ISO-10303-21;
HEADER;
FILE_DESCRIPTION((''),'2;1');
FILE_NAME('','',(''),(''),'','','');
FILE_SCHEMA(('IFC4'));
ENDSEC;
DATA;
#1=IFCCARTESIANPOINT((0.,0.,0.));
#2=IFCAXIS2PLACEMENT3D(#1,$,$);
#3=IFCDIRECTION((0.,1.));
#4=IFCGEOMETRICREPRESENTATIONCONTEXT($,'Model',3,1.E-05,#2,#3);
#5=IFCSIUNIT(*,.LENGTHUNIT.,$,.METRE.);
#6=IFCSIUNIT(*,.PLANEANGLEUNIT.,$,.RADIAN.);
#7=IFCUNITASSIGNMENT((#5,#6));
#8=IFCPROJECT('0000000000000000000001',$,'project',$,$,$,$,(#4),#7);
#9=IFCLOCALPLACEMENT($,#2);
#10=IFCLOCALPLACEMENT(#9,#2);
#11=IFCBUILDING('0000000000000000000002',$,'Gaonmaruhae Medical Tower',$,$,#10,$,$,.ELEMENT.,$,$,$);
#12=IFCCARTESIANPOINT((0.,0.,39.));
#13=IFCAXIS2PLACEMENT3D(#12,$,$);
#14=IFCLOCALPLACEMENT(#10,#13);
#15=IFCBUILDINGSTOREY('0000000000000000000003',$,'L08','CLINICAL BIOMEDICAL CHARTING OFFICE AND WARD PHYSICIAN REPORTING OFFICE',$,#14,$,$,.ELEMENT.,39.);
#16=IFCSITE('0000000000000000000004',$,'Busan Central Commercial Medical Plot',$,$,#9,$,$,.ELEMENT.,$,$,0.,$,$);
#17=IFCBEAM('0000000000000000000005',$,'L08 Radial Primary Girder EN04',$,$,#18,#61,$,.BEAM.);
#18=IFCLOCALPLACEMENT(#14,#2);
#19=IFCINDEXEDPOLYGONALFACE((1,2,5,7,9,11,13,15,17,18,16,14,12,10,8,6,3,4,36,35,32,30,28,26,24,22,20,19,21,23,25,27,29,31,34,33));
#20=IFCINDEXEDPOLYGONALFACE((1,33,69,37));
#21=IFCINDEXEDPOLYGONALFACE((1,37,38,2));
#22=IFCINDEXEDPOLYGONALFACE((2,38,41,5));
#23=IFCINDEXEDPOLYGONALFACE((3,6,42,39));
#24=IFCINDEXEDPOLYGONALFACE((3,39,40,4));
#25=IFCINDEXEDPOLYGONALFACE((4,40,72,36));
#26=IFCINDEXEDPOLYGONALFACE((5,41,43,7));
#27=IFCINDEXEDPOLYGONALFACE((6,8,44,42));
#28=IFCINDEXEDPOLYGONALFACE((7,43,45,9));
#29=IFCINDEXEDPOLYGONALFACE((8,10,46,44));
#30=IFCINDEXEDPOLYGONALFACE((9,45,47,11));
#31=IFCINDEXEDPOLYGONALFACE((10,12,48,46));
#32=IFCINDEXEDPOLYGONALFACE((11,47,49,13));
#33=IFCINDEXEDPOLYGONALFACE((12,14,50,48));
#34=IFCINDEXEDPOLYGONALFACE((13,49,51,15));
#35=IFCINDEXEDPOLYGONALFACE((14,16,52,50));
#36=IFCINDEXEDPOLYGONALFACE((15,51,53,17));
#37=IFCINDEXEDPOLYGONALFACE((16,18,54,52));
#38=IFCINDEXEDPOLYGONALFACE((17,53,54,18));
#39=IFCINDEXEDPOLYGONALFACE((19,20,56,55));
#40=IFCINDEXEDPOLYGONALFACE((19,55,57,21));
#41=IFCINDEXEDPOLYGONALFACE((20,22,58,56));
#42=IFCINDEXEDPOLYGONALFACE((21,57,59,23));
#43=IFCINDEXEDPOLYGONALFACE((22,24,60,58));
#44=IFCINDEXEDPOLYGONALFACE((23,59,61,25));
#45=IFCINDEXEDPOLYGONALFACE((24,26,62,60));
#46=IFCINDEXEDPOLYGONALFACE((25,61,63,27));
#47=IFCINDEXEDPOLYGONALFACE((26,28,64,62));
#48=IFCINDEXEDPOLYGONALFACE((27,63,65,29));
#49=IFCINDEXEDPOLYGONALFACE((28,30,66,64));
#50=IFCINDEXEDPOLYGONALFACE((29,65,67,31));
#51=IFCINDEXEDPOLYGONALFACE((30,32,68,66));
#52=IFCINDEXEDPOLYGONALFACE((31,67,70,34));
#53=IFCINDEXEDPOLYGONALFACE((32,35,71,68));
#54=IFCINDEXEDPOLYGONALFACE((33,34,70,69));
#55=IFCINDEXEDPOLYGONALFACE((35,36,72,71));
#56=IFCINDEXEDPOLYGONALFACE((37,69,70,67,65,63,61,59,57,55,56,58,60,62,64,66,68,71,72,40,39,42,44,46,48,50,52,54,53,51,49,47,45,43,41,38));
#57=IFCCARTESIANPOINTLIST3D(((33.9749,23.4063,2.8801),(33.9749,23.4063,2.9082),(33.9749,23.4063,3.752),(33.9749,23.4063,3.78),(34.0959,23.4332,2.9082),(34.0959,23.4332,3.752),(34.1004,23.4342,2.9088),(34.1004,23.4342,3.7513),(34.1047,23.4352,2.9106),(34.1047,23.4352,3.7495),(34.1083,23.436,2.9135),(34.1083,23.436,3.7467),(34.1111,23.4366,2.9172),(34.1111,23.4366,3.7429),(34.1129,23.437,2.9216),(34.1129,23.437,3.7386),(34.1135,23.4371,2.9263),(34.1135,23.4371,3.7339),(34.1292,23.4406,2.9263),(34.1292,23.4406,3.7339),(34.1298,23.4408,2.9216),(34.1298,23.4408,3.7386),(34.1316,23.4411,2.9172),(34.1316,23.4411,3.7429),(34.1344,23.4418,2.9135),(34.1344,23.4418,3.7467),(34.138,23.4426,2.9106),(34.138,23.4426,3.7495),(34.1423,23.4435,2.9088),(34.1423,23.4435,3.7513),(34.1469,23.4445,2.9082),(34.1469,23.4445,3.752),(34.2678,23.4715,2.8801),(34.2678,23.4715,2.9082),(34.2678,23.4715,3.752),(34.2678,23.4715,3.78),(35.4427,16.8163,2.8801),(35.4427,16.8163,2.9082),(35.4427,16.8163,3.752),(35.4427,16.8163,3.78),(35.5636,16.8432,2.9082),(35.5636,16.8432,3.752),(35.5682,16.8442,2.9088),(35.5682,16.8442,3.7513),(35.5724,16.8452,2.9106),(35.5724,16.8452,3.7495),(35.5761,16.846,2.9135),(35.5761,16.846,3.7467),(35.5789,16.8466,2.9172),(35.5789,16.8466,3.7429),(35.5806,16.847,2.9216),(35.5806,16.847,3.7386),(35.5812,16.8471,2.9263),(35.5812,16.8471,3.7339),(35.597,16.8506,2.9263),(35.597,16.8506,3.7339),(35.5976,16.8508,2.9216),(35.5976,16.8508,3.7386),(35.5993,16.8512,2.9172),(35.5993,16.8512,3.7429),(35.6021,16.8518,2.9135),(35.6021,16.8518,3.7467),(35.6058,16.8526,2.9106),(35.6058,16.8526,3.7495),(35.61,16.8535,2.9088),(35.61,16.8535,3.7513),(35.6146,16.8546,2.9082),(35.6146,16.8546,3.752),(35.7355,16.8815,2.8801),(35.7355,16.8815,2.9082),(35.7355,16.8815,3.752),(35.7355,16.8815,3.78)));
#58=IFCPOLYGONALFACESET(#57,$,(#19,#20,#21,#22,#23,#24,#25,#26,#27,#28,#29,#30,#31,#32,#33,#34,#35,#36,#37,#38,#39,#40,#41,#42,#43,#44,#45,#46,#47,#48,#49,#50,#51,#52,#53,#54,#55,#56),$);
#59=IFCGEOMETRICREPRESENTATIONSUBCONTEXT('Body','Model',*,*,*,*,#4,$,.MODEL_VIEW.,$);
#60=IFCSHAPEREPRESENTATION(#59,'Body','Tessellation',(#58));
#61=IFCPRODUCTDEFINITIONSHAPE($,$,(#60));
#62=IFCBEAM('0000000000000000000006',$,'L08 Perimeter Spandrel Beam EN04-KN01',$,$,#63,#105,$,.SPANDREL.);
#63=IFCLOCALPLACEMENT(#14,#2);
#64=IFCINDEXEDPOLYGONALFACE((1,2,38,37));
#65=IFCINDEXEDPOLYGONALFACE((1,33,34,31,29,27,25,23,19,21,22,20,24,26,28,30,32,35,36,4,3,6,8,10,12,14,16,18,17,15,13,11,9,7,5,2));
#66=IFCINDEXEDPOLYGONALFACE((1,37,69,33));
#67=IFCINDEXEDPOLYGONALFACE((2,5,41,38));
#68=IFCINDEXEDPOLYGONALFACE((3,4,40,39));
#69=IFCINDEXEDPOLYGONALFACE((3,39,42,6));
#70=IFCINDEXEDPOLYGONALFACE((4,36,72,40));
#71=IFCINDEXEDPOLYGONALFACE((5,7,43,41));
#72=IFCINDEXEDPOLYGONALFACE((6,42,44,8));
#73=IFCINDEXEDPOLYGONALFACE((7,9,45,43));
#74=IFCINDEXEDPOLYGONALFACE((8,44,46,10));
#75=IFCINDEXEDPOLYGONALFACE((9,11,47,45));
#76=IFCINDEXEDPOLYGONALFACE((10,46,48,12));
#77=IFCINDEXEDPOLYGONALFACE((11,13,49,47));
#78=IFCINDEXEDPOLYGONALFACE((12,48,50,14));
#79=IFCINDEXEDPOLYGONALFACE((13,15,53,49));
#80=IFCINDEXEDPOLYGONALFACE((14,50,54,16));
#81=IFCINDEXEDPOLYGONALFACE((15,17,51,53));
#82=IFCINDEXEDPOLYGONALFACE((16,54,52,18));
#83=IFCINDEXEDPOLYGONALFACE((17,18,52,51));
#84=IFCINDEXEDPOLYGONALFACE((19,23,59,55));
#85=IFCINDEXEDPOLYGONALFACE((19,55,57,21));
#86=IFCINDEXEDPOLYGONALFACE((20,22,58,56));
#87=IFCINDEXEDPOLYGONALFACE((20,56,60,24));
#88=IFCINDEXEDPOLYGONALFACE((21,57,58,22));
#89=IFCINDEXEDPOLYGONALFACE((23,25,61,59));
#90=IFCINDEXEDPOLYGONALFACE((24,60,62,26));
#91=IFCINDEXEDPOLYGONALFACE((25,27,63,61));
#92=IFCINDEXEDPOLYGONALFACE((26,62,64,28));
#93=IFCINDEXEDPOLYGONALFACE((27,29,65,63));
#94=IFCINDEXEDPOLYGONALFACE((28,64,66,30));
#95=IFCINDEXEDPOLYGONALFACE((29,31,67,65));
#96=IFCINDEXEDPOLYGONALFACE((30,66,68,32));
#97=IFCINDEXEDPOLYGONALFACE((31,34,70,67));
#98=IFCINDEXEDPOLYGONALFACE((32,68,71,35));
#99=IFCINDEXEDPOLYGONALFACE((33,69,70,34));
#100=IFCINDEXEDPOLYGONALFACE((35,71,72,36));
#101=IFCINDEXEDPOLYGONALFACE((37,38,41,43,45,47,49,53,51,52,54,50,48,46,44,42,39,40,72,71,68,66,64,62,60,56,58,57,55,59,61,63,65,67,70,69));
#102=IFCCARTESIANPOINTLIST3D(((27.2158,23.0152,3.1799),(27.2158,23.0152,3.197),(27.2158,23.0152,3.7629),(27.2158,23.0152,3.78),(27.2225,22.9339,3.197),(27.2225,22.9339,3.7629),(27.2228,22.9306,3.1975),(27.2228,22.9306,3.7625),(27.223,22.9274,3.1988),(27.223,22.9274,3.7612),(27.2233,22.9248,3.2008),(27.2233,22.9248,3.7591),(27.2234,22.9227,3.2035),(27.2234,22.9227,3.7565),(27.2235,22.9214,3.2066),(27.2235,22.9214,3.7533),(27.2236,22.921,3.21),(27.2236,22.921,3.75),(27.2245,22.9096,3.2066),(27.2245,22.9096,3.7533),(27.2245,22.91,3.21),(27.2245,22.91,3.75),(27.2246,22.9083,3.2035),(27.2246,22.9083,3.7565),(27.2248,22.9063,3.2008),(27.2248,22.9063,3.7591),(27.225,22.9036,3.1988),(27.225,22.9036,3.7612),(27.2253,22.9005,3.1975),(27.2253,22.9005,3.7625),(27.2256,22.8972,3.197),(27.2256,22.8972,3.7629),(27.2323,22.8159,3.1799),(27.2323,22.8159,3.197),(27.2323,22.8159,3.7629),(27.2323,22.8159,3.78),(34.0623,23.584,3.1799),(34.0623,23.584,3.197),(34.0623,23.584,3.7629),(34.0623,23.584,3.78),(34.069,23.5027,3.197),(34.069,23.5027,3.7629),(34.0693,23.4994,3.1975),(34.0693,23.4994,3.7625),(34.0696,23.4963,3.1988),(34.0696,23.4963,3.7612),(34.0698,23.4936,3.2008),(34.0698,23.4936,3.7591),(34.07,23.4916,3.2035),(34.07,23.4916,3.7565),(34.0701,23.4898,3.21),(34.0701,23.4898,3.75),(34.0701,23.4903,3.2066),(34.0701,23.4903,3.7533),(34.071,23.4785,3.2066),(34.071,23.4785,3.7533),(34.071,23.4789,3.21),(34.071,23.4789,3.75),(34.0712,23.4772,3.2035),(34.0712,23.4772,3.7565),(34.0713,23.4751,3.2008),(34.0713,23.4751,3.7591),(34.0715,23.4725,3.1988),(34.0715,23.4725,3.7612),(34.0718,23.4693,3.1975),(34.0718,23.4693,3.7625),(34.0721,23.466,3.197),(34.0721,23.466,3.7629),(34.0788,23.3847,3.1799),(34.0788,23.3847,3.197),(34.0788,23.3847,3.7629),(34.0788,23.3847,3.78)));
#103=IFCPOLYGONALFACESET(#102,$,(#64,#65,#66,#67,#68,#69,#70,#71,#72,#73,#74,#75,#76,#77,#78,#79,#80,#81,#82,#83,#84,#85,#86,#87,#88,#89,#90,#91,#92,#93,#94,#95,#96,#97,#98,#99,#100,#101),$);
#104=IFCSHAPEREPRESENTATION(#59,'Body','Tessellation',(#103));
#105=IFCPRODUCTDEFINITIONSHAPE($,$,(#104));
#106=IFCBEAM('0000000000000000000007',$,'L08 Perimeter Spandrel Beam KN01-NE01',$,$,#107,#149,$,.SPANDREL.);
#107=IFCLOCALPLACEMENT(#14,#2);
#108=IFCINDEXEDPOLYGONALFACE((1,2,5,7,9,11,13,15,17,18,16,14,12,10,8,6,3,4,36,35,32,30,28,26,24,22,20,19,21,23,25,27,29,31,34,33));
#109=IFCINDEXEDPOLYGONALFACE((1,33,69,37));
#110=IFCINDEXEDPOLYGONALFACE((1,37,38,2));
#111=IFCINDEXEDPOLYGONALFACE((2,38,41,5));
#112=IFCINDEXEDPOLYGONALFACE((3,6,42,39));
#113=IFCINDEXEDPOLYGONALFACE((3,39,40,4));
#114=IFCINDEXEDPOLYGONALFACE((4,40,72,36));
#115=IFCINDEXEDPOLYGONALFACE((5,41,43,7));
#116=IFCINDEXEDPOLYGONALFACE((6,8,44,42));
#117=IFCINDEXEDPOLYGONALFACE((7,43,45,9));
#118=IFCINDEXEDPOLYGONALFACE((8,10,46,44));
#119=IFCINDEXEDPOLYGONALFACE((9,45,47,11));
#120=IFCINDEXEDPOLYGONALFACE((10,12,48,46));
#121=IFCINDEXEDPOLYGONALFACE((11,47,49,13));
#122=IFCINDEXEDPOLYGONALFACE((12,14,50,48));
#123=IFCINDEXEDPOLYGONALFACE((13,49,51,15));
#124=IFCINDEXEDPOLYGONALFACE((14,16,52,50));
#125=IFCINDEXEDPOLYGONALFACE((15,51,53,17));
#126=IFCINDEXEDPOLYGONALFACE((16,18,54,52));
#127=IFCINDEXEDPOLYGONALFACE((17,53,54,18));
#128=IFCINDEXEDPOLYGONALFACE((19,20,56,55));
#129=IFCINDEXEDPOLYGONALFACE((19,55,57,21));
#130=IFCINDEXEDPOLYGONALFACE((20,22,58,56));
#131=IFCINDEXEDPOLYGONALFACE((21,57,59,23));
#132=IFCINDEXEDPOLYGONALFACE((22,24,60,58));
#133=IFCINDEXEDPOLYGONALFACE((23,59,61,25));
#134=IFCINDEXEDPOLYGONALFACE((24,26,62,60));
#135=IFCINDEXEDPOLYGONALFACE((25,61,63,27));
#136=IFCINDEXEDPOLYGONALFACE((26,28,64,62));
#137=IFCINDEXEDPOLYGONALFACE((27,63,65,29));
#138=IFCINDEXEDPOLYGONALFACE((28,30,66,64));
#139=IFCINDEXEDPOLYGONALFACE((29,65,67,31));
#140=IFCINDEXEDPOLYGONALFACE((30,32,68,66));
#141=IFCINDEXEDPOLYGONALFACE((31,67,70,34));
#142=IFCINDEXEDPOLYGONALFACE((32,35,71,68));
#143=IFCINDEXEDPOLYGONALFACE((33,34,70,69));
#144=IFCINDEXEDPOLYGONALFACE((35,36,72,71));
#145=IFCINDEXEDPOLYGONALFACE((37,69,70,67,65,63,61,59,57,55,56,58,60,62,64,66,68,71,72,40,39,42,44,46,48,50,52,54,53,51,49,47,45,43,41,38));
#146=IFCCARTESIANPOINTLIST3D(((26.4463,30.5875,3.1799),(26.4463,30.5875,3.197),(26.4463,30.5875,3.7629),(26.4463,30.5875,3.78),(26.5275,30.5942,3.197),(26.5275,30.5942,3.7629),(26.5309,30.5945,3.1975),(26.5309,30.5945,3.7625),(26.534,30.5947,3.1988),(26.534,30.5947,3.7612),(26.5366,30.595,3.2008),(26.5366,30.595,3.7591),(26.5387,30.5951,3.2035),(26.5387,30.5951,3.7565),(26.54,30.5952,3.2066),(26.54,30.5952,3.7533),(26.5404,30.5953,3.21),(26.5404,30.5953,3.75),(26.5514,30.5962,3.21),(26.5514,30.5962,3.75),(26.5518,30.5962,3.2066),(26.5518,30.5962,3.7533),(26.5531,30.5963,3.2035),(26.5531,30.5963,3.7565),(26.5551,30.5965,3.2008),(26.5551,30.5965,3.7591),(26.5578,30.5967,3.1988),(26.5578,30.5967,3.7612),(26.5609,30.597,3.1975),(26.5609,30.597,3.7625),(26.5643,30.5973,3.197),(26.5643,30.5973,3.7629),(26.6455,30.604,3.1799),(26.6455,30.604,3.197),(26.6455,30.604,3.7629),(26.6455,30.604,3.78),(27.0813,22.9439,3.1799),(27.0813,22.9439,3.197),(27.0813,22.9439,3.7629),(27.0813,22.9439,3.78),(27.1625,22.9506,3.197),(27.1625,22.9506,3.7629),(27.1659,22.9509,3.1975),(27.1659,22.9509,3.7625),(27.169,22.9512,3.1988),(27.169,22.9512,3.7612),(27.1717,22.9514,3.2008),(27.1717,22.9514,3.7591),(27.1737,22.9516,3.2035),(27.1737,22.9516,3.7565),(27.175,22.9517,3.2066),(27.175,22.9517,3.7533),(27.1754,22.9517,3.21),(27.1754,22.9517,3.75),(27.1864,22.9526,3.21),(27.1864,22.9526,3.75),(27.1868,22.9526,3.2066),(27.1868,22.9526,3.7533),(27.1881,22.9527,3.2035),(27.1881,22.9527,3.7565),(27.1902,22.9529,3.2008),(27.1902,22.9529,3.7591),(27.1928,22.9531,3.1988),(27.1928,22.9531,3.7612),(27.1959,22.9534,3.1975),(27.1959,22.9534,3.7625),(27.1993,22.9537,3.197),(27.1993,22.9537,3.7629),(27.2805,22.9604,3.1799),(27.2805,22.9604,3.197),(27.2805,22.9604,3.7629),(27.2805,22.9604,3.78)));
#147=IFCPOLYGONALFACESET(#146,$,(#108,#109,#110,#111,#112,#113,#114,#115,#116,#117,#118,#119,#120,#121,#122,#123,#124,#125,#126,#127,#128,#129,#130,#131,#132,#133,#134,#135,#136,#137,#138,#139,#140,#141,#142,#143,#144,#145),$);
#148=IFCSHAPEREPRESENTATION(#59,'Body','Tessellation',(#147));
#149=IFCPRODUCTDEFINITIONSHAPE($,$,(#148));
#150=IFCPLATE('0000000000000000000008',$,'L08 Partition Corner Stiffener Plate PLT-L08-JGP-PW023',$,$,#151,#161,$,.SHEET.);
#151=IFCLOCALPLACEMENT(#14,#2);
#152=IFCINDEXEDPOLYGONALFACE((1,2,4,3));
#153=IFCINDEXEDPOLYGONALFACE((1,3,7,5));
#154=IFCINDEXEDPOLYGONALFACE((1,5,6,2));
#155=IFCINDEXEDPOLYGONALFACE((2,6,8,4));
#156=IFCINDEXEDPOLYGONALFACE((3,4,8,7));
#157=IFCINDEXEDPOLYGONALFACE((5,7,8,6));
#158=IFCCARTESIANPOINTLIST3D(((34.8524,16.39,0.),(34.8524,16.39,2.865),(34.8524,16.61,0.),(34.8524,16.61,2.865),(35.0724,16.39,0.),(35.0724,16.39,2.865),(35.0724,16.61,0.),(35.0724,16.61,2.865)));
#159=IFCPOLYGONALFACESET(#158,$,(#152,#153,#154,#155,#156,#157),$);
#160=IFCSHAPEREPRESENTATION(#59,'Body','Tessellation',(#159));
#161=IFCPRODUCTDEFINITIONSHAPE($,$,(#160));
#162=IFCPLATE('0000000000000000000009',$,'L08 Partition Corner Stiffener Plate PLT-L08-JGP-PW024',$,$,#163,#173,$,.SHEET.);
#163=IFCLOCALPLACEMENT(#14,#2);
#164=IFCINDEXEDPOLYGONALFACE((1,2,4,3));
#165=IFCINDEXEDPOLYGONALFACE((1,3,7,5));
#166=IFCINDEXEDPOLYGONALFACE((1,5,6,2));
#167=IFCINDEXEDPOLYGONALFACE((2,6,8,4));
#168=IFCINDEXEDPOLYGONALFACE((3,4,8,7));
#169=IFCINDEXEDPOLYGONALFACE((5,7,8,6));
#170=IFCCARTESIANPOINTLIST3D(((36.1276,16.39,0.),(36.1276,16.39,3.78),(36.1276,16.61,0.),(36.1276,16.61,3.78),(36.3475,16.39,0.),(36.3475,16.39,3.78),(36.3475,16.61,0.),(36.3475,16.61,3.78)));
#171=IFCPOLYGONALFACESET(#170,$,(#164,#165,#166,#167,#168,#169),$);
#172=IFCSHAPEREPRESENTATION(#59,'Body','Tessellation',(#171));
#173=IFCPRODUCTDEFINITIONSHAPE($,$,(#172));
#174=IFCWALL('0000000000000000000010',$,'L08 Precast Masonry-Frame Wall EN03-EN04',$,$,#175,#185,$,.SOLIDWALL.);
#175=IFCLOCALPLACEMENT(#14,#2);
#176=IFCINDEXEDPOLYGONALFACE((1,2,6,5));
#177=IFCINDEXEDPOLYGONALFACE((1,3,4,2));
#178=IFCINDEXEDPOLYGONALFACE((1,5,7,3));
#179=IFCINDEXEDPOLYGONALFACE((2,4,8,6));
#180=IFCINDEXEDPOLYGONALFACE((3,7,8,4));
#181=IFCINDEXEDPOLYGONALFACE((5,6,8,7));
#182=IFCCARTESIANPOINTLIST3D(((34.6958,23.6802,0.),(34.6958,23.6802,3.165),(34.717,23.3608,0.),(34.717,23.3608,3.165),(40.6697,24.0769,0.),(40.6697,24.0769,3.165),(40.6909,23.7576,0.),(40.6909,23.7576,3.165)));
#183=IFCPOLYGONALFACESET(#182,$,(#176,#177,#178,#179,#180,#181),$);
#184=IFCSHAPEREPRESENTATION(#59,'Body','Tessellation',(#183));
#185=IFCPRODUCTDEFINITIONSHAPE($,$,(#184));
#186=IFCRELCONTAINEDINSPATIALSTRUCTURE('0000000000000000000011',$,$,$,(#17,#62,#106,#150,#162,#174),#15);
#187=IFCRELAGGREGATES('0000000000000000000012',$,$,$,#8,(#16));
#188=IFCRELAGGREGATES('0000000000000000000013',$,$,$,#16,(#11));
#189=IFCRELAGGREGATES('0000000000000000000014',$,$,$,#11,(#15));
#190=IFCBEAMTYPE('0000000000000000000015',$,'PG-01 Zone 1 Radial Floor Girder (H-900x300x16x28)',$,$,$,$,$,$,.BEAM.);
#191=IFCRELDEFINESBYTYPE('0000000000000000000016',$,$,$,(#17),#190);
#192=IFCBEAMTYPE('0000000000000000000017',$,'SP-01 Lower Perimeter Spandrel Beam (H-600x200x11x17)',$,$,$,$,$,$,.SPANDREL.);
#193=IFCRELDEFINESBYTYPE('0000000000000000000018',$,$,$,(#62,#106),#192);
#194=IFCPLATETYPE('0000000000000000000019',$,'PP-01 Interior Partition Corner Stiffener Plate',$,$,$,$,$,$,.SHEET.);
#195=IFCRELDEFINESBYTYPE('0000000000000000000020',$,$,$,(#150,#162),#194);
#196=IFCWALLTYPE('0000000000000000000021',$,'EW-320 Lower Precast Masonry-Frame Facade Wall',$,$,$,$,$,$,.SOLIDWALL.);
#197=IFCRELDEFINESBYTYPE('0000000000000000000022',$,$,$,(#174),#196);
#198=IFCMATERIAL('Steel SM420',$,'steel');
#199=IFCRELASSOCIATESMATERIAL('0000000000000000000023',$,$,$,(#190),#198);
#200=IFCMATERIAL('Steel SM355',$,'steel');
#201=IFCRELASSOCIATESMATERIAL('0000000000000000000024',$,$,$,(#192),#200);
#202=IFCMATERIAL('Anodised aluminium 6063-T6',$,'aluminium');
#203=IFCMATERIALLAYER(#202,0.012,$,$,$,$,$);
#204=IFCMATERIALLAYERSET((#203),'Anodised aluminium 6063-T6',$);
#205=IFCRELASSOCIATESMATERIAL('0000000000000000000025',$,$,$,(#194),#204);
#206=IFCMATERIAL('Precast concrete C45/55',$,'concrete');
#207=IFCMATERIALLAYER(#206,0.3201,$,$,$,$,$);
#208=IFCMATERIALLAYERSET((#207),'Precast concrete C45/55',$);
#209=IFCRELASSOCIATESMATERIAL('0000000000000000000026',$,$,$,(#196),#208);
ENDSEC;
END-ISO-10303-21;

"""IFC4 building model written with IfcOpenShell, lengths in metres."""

from ifc_helpers import new_model, si_unit, direction, frame, frame_2d, origin, origin_2d, place, context, subcontext, project, spatial, rectangle, i_section, extrude, material, layer, layer_set, material_profile, profile_set, type_object, element, save


model = new_model("IFC4")

# Units and contexts
model_context = context("Model", 3, precision=1e-05, world=origin(), true_north=direction((0.0, 1.0)))
body_context = subcontext(model_context, "Body", "Model", "MODEL_VIEW")
ifc_project = project(units=[si_unit("LENGTHUNIT", "METRE"), si_unit("PLANEANGLEUNIT", "RADIAN")], contexts=[model_context])

# Site, building, storey
site_placement = place(None, origin())
site = spatial("IfcSite", under=ifc_project, at=site_placement, Name="Busan Central Commercial Medical Plot", CompositionType="ELEMENT", RefElevation=0.0)
building_placement = place(site_placement, origin())
building = spatial("IfcBuilding", under=site, at=building_placement, Name="Gaonmaruhae Medical Tower", CompositionType="ELEMENT")
storey_placement = place(building_placement, frame((0.0, 0.0, 39.0)))
storey = spatial("IfcBuildingStorey", under=building, at=storey_placement, Name="L08", Description="CLINICAL BIOMEDICAL CHARTING OFFICE AND WARD PHYSICIAN REPORTING OFFICE", CompositionType="ELEMENT", Elevation=39.0)

# Beams
ifc_material_1 = material(Name="Steel SM355", Category="steel")
ifc_material_2 = material(Name="Steel SM420", Category="steel")
ifc_material_profile_1 = material_profile(ifc_material_2, i_section(OverallWidth=0.3, OverallDepth=0.8999, WebThickness=0.0161, FlangeThickness=0.0281, FilletRadius=0.0181, at=origin_2d()), Name="H-900x300x16x28")
ifc_profile_set_1 = profile_set([ifc_material_profile_1], Name="Steel SM420")
beam_type_1 = type_object("IfcBeamType", Name="PG-01 Zone 1 Radial Floor Girder (H-900x300x16x28)", PredefinedType="BEAM", material=ifc_profile_set_1)
beam_1_placement = place(storey_placement, frame((35.5891, 16.8489, 3.3301), z_axis=(-0.217398, 0.976083, 0.0), x_axis=(-0.976083, -0.217398, 0.0)))
element("IfcBeam", 1, at=beam_1_placement, inside=storey, type_object=beam_type_1, Name="L08 Radial Primary Girder EN04", PredefinedType="BEAM", context=body_context, shape_type="SweptSolid", body=[
    extrude(i_section(OverallWidth=0.3, OverallDepth=0.8999, WebThickness=0.0161, FlangeThickness=0.0281, FilletRadius=0.0181, at=origin_2d()), origin(), (0.0, 0.0, 1.0), 6.7515),
])
ifc_material_profile_2 = material_profile(ifc_material_1, i_section(OverallWidth=0.2, OverallDepth=0.6001, WebThickness=0.011, FlangeThickness=0.0171, FilletRadius=0.0129, at=origin_2d()), Name="H-600x200x11x17")
ifc_profile_set_2 = profile_set([ifc_material_profile_2], Name="Steel SM355")
beam_type_2 = type_object("IfcBeamType", Name="SP-01 Lower Perimeter Spandrel Beam (H-600x200x11x17)", PredefinedType="SPANDREL", material=ifc_profile_set_2)
beam_2_placement = place(storey_placement, frame((34.0706, 23.4844, 3.48), z_axis=(-0.996566, -0.082801, 0.0), x_axis=(0.082801, -0.996566, 0.0)))
element("IfcBeam", 2, at=beam_2_placement, inside=storey, type_object=beam_type_2, Name="L08 Perimeter Spandrel Beam EN04-KN01", PredefinedType="SPANDREL", context=body_context, shape_type="SweptSolid", body=[
    extrude(i_section(OverallWidth=0.2, OverallDepth=0.6001, WebThickness=0.011, FlangeThickness=0.0171, FilletRadius=0.0129, at=origin_2d()), origin(), (0.0, 0.0, 1.0), 6.8701),
])
beam_3_placement = place(storey_placement, frame((27.1809, 22.9521, 3.48), z_axis=(-0.082793, 0.996567, 0.0), x_axis=(-0.996567, -0.082793, 0.0)))
element("IfcBeam", 3, at=beam_3_placement, inside=storey, type_object=beam_type_2, Name="L08 Perimeter Spandrel Beam KN01-NE01", PredefinedType="SPANDREL", context=body_context, shape_type="SweptSolid", body=[
    extrude(i_section(OverallWidth=0.2, OverallDepth=0.6001, WebThickness=0.011, FlangeThickness=0.0171, FilletRadius=0.0129, at=origin_2d()), origin(), (0.0, 0.0, 1.0), 7.6699),
])

# Plates
ifc_material_3 = material(Name="Anodised aluminium 6063-T6", Category="aluminium")
ifc_layer_1 = layer(ifc_material_3, 0.012)
ifc_layer_set_1 = layer_set([ifc_layer_1], Name="Anodised aluminium 6063-T6")
plate_type = type_object("IfcPlateType", Name="PP-01 Interior Partition Corner Stiffener Plate", PredefinedType="SHEET", material=ifc_layer_set_1)
plate_1_placement = place(storey_placement, frame((34.9624, 16.5, 0.0), z_axis=(0.0, 0.0, 1.0), x_axis=(1.0, 0.0, 0.0)))
element("IfcPlate", 4, at=plate_1_placement, inside=storey, type_object=plate_type, Name="L08 Partition Corner Stiffener Plate PLT-L08-JGP-PW023", PredefinedType="SHEET", context=body_context, shape_type="SweptSolid", body=[
    extrude(rectangle(XDim=0.22, YDim=0.22, at=origin_2d()), origin(), (0.0, 0.0, 1.0), 2.865),
])
plate_2_placement = place(storey_placement, frame((36.2375, 16.5, 0.0), z_axis=(0.0, 0.0, 1.0), x_axis=(1.0, 0.0, 0.0)))
element("IfcPlate", 5, at=plate_2_placement, inside=storey, type_object=plate_type, Name="L08 Partition Corner Stiffener Plate PLT-L08-JGP-PW024", PredefinedType="SHEET", context=body_context, shape_type="SweptSolid", body=[
    extrude(rectangle(XDim=0.22, YDim=0.22, at=origin_2d()), origin(), (0.0, 0.0, 1.0), 3.78),
])

# Wall
ifc_material_4 = material(Name="Precast concrete C45/55", Category="concrete")
ifc_layer_2 = layer(ifc_material_4, 0.3201)
ifc_layer_set_2 = layer_set([ifc_layer_2], Name="Precast concrete C45/55")
wall_type_1 = type_object("IfcWallType", Name="EW-320 Lower Precast Masonry-Frame Facade Wall", PredefinedType="SOLIDWALL", material=ifc_layer_set_2)
wall_1_placement = place(storey_placement, frame((34.7063, 23.5205, 0.0), z_axis=(0.0, 0.0, 1.0), x_axis=(0.997802, 0.066265, 0.0)))
element("IfcWall", 6, at=wall_1_placement, inside=storey, type_object=wall_type_1, Name="L08 Precast Masonry-Frame Wall EN03-EN04", PredefinedType="SOLIDWALL", context=body_context, shape_type="SweptSolid", body=[
    extrude(rectangle(XDim=5.9871, YDim=0.3201, at=frame_2d((2.9937, 0.0))), origin(), (0.0, 0.0, 1.0), 3.165),
])

save(model, "model.ifc")
